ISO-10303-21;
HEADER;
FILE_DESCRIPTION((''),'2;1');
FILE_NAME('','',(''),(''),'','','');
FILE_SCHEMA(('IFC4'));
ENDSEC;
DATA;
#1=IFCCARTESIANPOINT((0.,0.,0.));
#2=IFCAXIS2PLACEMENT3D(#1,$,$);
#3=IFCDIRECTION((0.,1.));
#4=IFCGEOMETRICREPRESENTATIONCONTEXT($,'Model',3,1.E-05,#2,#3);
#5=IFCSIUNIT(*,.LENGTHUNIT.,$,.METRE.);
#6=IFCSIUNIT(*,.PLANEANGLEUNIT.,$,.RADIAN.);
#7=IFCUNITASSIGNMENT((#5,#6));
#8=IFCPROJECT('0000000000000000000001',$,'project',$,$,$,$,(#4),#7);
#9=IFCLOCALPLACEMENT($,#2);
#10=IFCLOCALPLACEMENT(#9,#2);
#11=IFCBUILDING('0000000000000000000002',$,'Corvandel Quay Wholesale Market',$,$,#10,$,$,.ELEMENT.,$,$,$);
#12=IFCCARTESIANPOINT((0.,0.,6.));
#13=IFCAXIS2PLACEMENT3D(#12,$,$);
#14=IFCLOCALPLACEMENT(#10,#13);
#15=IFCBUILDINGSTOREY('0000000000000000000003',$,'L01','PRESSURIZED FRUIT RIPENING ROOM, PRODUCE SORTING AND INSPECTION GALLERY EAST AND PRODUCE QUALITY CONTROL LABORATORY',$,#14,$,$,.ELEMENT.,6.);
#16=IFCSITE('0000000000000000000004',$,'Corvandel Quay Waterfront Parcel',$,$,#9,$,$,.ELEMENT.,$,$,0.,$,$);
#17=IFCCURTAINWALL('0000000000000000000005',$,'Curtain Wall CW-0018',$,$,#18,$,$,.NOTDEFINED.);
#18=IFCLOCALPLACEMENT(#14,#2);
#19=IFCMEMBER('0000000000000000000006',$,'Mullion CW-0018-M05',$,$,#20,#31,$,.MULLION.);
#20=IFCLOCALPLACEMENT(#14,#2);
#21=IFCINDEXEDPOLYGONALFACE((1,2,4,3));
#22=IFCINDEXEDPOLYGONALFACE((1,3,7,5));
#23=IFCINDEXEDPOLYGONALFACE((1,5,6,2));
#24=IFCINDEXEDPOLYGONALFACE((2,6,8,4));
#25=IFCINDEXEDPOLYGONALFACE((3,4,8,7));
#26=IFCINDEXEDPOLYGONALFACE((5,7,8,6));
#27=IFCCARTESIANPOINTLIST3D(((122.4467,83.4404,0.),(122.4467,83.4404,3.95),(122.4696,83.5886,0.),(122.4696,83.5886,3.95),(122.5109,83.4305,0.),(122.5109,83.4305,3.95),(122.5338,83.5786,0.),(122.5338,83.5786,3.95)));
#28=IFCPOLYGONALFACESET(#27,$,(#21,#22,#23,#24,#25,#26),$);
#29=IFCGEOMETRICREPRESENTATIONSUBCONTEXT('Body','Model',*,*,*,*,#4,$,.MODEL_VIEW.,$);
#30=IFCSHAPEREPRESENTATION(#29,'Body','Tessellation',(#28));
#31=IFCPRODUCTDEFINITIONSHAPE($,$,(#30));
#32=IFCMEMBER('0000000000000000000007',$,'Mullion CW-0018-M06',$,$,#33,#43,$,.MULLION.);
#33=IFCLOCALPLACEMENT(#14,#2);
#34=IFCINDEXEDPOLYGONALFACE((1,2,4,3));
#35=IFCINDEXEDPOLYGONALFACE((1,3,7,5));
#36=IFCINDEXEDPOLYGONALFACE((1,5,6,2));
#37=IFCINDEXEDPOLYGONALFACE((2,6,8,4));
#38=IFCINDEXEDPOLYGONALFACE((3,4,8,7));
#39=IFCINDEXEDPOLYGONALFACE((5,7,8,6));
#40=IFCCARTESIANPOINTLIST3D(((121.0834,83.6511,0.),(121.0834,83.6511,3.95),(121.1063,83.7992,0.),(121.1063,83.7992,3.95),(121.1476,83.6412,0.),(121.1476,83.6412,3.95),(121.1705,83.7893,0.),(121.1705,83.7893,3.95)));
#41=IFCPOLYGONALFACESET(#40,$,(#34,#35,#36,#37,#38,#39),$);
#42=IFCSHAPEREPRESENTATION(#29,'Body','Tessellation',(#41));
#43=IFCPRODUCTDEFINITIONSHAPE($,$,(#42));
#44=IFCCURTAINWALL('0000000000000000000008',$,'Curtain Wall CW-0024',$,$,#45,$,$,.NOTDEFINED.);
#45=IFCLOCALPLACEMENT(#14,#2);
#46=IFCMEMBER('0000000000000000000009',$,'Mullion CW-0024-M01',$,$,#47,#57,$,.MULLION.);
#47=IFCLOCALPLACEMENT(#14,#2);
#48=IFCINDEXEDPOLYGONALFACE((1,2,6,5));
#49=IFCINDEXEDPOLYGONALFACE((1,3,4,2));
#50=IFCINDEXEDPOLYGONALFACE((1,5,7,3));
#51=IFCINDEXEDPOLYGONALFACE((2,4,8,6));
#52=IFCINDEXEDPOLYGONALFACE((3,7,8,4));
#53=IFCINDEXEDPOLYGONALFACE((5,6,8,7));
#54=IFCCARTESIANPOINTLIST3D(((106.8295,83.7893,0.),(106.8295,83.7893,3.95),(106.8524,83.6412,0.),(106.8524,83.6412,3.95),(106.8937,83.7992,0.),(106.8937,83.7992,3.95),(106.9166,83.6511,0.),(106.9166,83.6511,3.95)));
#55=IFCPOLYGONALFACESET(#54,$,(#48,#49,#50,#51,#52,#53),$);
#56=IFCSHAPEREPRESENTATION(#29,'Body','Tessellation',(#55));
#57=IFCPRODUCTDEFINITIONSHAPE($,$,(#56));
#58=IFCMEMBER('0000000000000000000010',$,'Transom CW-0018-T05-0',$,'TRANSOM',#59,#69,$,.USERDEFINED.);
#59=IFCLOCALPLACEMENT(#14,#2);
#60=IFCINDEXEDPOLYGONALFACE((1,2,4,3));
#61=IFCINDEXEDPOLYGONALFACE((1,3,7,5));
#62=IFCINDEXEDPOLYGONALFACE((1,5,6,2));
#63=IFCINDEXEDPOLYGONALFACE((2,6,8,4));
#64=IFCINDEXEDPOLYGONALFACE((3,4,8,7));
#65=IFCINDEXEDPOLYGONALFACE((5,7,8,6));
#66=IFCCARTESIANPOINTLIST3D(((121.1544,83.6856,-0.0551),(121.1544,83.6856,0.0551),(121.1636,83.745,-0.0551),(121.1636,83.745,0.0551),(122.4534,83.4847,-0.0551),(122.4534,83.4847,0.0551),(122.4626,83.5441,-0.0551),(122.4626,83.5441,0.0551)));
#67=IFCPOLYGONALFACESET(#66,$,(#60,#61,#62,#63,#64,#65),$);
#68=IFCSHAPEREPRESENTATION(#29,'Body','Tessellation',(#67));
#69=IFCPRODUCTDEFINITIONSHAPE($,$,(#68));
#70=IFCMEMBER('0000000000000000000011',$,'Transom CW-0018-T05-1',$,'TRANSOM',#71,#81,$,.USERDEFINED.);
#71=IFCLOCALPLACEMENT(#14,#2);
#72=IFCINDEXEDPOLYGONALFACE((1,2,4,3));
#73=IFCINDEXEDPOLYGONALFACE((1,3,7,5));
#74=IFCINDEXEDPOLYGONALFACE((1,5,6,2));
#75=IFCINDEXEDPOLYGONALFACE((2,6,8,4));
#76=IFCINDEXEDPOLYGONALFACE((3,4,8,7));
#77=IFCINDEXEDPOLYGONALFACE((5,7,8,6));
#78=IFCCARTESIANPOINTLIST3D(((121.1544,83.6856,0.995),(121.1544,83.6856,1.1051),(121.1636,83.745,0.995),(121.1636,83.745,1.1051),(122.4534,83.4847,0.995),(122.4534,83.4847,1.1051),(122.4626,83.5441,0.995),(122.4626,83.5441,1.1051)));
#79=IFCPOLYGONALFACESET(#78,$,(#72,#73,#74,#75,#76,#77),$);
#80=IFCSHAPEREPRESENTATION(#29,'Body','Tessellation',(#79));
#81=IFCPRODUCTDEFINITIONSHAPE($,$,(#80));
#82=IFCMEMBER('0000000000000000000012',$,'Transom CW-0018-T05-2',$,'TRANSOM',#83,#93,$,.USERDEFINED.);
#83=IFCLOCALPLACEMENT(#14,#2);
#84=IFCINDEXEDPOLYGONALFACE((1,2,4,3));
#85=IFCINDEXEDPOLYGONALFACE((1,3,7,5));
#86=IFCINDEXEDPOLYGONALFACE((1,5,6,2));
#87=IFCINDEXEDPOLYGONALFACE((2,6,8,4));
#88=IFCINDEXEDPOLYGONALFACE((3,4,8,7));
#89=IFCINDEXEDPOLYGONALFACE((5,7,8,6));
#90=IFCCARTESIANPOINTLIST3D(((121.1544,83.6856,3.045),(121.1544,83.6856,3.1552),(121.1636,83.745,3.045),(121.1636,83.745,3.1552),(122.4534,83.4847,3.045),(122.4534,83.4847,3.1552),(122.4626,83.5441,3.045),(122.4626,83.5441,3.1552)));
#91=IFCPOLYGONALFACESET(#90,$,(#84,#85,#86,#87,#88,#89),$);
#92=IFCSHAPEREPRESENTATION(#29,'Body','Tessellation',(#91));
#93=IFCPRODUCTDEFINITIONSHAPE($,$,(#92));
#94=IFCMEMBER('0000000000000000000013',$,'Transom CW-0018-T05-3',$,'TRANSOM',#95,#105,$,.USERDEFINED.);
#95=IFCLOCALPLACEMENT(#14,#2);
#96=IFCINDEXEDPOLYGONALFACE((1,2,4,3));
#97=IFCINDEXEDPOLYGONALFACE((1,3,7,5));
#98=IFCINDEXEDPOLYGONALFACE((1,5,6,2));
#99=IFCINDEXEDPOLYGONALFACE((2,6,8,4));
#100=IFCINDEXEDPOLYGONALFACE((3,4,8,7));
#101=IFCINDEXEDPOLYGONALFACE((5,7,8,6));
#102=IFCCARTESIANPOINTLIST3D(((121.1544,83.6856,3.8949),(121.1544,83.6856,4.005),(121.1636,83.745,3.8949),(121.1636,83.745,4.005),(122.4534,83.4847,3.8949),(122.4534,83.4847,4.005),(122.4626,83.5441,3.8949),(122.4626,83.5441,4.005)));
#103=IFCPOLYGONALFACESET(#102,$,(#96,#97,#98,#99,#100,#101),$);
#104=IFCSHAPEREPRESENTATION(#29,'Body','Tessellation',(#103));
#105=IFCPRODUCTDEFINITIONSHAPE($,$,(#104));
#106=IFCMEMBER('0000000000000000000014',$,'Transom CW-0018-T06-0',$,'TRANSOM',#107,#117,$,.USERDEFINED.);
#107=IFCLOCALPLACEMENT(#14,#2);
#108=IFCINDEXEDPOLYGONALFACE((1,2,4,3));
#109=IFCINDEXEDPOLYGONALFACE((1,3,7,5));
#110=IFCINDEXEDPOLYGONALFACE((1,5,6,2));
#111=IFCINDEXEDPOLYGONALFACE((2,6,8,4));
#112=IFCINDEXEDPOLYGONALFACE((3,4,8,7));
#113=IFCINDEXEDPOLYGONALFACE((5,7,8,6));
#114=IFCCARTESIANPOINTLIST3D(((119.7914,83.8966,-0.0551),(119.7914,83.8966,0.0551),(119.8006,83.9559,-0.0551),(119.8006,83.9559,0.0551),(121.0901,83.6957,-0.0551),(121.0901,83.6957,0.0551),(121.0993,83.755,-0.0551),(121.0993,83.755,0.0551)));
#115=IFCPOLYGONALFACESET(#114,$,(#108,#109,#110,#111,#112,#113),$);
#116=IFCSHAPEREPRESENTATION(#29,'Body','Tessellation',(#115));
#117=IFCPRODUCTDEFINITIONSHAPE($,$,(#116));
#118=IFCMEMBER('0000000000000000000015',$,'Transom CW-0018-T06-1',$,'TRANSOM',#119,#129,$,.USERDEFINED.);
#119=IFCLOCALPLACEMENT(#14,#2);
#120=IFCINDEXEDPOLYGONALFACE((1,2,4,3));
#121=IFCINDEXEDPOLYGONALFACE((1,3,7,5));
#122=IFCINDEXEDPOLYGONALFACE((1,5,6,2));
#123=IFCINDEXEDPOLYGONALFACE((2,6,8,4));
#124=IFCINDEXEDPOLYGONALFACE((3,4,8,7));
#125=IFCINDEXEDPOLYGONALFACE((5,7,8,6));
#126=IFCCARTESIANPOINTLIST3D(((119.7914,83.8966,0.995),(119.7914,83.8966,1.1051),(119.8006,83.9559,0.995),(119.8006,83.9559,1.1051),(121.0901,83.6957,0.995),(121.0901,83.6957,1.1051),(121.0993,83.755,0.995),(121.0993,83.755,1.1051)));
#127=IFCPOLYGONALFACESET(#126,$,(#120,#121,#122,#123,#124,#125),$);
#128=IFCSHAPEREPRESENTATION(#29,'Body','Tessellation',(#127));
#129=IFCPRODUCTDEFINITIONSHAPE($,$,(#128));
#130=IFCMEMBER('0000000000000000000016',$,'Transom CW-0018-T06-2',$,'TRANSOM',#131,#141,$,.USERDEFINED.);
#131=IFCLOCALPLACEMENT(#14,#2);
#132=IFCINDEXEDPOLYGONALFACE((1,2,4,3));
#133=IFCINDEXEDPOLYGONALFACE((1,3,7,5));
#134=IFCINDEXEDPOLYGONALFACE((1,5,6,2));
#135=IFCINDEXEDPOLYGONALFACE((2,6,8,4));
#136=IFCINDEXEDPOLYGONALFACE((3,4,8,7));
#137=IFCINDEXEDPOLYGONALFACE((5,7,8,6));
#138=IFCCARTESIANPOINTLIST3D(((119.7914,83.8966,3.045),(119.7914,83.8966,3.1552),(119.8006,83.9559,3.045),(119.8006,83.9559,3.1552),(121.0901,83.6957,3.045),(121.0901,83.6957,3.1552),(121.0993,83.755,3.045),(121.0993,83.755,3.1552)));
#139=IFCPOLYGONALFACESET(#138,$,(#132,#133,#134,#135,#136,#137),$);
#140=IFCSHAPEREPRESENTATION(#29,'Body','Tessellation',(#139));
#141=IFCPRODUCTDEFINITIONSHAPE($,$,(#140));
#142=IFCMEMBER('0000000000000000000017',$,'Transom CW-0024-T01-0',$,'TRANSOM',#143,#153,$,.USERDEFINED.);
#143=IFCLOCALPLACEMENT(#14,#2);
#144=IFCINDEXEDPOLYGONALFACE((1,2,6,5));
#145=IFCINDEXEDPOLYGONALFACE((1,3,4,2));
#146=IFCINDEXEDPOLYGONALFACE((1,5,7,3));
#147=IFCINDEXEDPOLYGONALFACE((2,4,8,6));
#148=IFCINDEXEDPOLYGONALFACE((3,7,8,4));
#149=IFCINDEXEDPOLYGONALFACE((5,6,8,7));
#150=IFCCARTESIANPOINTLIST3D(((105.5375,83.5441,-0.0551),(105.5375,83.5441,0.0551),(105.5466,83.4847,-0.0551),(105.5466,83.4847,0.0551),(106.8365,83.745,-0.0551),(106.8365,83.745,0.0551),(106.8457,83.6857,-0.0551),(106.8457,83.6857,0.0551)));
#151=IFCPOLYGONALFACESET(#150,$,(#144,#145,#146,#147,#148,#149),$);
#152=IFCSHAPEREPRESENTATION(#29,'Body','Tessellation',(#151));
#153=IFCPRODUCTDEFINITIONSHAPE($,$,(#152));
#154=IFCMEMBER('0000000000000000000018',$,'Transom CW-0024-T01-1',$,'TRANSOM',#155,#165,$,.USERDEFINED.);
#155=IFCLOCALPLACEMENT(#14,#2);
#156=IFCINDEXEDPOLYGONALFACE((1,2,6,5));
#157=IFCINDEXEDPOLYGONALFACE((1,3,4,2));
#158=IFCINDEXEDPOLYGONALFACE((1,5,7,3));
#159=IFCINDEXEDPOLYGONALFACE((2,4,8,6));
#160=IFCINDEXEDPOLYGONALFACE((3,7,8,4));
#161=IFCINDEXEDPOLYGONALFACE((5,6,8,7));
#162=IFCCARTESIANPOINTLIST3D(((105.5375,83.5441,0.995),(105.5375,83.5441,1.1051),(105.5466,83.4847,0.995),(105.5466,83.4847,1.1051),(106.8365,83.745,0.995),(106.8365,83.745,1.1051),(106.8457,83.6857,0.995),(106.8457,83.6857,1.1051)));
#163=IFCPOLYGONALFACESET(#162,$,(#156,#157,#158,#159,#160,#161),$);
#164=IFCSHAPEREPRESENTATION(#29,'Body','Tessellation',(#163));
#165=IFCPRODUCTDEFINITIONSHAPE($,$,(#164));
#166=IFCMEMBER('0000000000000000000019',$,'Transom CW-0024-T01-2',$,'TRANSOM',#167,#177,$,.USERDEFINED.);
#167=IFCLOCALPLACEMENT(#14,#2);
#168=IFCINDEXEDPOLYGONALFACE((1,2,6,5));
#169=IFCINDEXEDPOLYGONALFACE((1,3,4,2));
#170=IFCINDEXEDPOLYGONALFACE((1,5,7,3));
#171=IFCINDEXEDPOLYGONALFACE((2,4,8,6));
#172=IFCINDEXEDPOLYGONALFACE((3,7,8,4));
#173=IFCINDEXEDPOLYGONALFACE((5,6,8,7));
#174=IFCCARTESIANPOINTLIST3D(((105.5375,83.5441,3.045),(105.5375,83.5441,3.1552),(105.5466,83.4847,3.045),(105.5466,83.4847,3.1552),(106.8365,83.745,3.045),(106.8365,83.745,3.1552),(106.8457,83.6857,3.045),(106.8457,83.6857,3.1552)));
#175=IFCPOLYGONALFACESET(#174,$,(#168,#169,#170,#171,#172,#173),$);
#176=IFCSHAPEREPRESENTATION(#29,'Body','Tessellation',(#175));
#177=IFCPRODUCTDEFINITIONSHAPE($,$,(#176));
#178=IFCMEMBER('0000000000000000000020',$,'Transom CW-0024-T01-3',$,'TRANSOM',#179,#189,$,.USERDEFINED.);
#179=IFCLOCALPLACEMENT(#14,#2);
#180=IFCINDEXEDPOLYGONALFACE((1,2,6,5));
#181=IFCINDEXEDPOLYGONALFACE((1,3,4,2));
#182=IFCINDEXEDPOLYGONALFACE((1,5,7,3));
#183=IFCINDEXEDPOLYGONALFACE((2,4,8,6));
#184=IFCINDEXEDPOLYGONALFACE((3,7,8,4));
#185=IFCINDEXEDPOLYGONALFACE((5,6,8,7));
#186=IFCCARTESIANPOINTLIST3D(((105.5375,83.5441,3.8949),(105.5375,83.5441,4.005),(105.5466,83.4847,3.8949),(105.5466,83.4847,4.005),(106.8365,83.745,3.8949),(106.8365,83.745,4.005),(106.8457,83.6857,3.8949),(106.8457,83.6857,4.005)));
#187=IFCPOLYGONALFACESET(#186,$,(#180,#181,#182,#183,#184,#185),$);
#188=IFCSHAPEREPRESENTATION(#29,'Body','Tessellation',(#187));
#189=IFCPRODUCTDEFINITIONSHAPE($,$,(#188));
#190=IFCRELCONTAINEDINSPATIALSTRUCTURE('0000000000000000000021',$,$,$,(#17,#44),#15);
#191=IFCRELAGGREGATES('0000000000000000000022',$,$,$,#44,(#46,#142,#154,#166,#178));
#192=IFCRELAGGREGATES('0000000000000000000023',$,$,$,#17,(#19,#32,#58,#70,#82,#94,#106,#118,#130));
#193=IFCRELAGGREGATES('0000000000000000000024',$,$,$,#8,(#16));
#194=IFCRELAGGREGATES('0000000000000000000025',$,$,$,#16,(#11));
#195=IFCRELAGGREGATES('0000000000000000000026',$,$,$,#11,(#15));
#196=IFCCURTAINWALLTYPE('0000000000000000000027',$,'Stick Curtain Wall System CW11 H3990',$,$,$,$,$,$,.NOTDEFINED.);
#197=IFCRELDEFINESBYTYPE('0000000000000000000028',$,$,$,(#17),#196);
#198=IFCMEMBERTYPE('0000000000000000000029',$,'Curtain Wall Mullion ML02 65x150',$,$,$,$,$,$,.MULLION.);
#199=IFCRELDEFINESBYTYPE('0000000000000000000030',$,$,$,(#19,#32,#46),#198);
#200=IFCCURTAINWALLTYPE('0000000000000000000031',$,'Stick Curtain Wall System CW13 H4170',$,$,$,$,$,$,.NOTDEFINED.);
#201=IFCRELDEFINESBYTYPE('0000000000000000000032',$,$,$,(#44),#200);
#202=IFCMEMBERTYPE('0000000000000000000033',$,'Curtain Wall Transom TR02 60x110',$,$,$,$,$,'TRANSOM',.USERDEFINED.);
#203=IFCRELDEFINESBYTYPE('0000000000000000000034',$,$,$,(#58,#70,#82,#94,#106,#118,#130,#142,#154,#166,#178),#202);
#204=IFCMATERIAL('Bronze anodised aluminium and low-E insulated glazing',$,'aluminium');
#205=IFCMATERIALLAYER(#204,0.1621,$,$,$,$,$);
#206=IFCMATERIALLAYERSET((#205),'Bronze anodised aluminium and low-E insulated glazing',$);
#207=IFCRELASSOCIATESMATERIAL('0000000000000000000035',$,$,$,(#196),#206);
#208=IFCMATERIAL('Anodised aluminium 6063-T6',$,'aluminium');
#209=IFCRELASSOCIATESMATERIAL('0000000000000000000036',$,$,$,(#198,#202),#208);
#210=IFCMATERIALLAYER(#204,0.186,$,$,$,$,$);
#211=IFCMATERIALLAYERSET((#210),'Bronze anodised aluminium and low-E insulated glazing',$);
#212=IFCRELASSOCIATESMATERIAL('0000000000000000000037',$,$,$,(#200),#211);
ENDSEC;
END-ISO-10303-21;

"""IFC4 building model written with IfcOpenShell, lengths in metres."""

from ifc_helpers import new_model, si_unit, direction, frame, origin, origin_2d, place, context, subcontext, project, spatial, rectangle, extrude, material, layer, layer_set, material_profile, profile_set, type_object, element, aggregate, save


model = new_model("IFC4")

# Units and contexts
model_context = context("Model", 3, precision=1e-05, world=origin(), true_north=direction((0.0, 1.0)))
body_context = subcontext(model_context, "Body", "Model", "MODEL_VIEW")
ifc_project = project(units=[si_unit("LENGTHUNIT", "METRE"), si_unit("PLANEANGLEUNIT", "RADIAN")], contexts=[model_context])

# Site, building, storey
site_placement = place(None, origin())
site = spatial("IfcSite", under=ifc_project, at=site_placement, Name="Corvandel Quay Waterfront Parcel", CompositionType="ELEMENT", RefElevation=0.0)
building_placement = place(site_placement, origin())
building = spatial("IfcBuilding", under=site, at=building_placement, Name="Corvandel Quay Wholesale Market", CompositionType="ELEMENT")
storey_placement = place(building_placement, frame((0.0, 0.0, 6.0)))
storey = spatial("IfcBuildingStorey", under=building, at=storey_placement, Name="L01", Description="PRESSURIZED FRUIT RIPENING ROOM, PRODUCE SORTING AND INSPECTION GALLERY EAST AND PRODUCE QUALITY CONTROL LABORATORY", CompositionType="ELEMENT", Elevation=6.0)

# Curtain wall, members
ifc_material_1 = material(Name="Bronze anodised aluminium and low-E insulated glazing", Category="aluminium")
ifc_layer_1 = layer(ifc_material_1, 0.1621)
ifc_layer_set_1 = layer_set([ifc_layer_1], Name="Bronze anodised aluminium and low-E insulated glazing")
curtain_wall_type_1 = type_object("IfcCurtainWallType", Name="Stick Curtain Wall System CW11 H3990", PredefinedType="NOTDEFINED", material=ifc_layer_set_1)
curtain_wall_1_placement = place(storey_placement, origin())
curtain_wall_1 = element("IfcCurtainWall", 1, at=curtain_wall_1_placement, inside=storey, type_object=curtain_wall_type_1, Name="Curtain Wall CW-0018", PredefinedType="NOTDEFINED")
ifc_material_2 = material(Name="Anodised aluminium 6063-T6", Category="aluminium")
ifc_material_profile_1 = material_profile(ifc_material_2, rectangle(XDim=0.0649, YDim=0.1499, at=origin_2d()), Name="ALU-MUL-65x150")
ifc_profile_set_1 = profile_set([ifc_material_profile_1], Name="Anodised aluminium 6063-T6")
member_type_1 = type_object("IfcMemberType", Name="Curtain Wall Mullion ML02 65x150", PredefinedType="MULLION", material=ifc_profile_set_1)
member_1_placement = place(storey_placement, frame((122.4902, 83.5095, 0.0), z_axis=(0.0, 0.0, 1.0), x_axis=(-0.988255, 0.152813, 0.0)))
member_1 = element("IfcMember", 2, at=member_1_placement, type_object=member_type_1, Name="Mullion CW-0018-M05", PredefinedType="MULLION", context=body_context, shape_type="SweptSolid", body=[
    extrude(rectangle(XDim=0.0649, YDim=0.1499, at=origin_2d()), origin(), (0.0, 0.0, 1.0), 3.95),
])
member_2_placement = place(storey_placement, frame((121.127, 83.7202, 0.0), z_axis=(0.0, 0.0, 1.0), x_axis=(-0.988255, 0.152813, 0.0)))
member_2 = element("IfcMember", 3, at=member_2_placement, type_object=member_type_1, Name="Mullion CW-0018-M06", PredefinedType="MULLION", context=body_context, shape_type="SweptSolid", body=[
    extrude(rectangle(XDim=0.0649, YDim=0.1499, at=origin_2d()), origin(), (0.0, 0.0, 1.0), 3.95),
])

# Curtain wall, member
ifc_layer_2 = layer(ifc_material_1, 0.186)
ifc_layer_set_2 = layer_set([ifc_layer_2], Name="Bronze anodised aluminium and low-E insulated glazing")
curtain_wall_type_2 = type_object("IfcCurtainWallType", Name="Stick Curtain Wall System CW13 H4170", PredefinedType="NOTDEFINED", material=ifc_layer_set_2)
curtain_wall_2_placement = place(storey_placement, origin())
curtain_wall_2 = element("IfcCurtainWall", 4, at=curtain_wall_2_placement, inside=storey, type_object=curtain_wall_type_2, Name="Curtain Wall CW-0024", PredefinedType="NOTDEFINED")
member_3_placement = place(storey_placement, frame((106.873, 83.7202, 0.0), z_axis=(0.0, 0.0, 1.0), x_axis=(0.988255, 0.152813, 0.0)))
member_3 = element("IfcMember", 5, at=member_3_placement, type_object=member_type_1, Name="Mullion CW-0024-M01", PredefinedType="MULLION", context=body_context, shape_type="SweptSolid", body=[
    extrude(rectangle(XDim=0.0649, YDim=0.1499, at=origin_2d()), origin(), (0.0, 0.0, 1.0), 3.95),
])

# Members
ifc_material_profile_2 = material_profile(ifc_material_2, rectangle(XDim=0.0601, YDim=0.1101, at=origin_2d()), Name="ALU-TRN-60x110")
ifc_profile_set_2 = profile_set([ifc_material_profile_2], Name="Anodised aluminium 6063-T6")
member_type_2 = type_object("IfcMemberType", Name="Curtain Wall Transom TR02 60x110", ElementType="TRANSOM", PredefinedType="USERDEFINED", material=ifc_profile_set_2)
member_4_placement = place(storey_placement, frame((122.458, 83.5144, 0.0), z_axis=(-0.988249, 0.152853, 0.0), x_axis=(-0.152853, -0.988249, 0.0)))
member_4 = element("IfcMember", 6, at=member_4_placement, type_object=member_type_2, Name="Transom CW-0018-T05-0", ObjectType="TRANSOM", PredefinedType="USERDEFINED", context=body_context, shape_type="SweptSolid", body=[
    extrude(rectangle(XDim=0.0601, YDim=0.1101, at=origin_2d()), origin(), (0.0, 0.0, 1.0), 1.3145),
])
member_5_placement = place(storey_placement, frame((122.458, 83.5144, 1.05), z_axis=(-0.988249, 0.152853, 0.0), x_axis=(-0.152853, -0.988249, 0.0)))
member_5 = element("IfcMember", 7, at=member_5_placement, type_object=member_type_2, Name="Transom CW-0018-T05-1", ObjectType="TRANSOM", PredefinedType="USERDEFINED", context=body_context, shape_type="SweptSolid", body=[
    extrude(rectangle(XDim=0.0601, YDim=0.1101, at=origin_2d()), origin(), (0.0, 0.0, 1.0), 1.3145),
])
member_6_placement = place(storey_placement, frame((122.458, 83.5144, 3.1001), z_axis=(-0.988249, 0.152853, 0.0), x_axis=(-0.152853, -0.988249, 0.0)))
member_6 = element("IfcMember", 8, at=member_6_placement, type_object=member_type_2, Name="Transom CW-0018-T05-2", ObjectType="TRANSOM", PredefinedType="USERDEFINED", context=body_context, shape_type="SweptSolid", body=[
    extrude(rectangle(XDim=0.0601, YDim=0.1101, at=origin_2d()), origin(), (0.0, 0.0, 1.0), 1.3145),
])
member_7_placement = place(storey_placement, frame((122.458, 83.5144, 3.95), z_axis=(-0.988249, 0.152853, 0.0), x_axis=(-0.152853, -0.988249, 0.0)))
member_7 = element("IfcMember", 9, at=member_7_placement, type_object=member_type_2, Name="Transom CW-0018-T05-3", ObjectType="TRANSOM", PredefinedType="USERDEFINED", context=body_context, shape_type="SweptSolid", body=[
    extrude(rectangle(XDim=0.0601, YDim=0.1101, at=origin_2d()), origin(), (0.0, 0.0, 1.0), 1.3145),
])
member_8_placement = place(storey_placement, frame((121.0947, 83.7253, 0.0), z_axis=(-0.988245, 0.152881, 0.0), x_axis=(-0.152881, -0.988245, 0.0)))
member_8 = element("IfcMember", 10, at=member_8_placement, type_object=member_type_2, Name="Transom CW-0018-T06-0", ObjectType="TRANSOM", PredefinedType="USERDEFINED", context=body_context, shape_type="SweptSolid", body=[
    extrude(rectangle(XDim=0.0601, YDim=0.1101, at=origin_2d()), origin(), (0.0, 0.0, 1.0), 1.3142),
])
member_9_placement = place(storey_placement, frame((121.0947, 83.7253, 1.05), z_axis=(-0.988245, 0.152881, 0.0), x_axis=(-0.152881, -0.988245, 0.0)))
member_9 = element("IfcMember", 11, at=member_9_placement, type_object=member_type_2, Name="Transom CW-0018-T06-1", ObjectType="TRANSOM", PredefinedType="USERDEFINED", context=body_context, shape_type="SweptSolid", body=[
    extrude(rectangle(XDim=0.0601, YDim=0.1101, at=origin_2d()), origin(), (0.0, 0.0, 1.0), 1.3142),
])
member_10_placement = place(storey_placement, frame((121.0947, 83.7253, 3.1001), z_axis=(-0.988245, 0.152881, 0.0), x_axis=(-0.152881, -0.988245, 0.0)))
member_10 = element("IfcMember", 12, at=member_10_placement, type_object=member_type_2, Name="Transom CW-0018-T06-2", ObjectType="TRANSOM", PredefinedType="USERDEFINED", context=body_context, shape_type="SweptSolid", body=[
    extrude(rectangle(XDim=0.0601, YDim=0.1101, at=origin_2d()), origin(), (0.0, 0.0, 1.0), 1.3142),
])
member_11_placement = place(storey_placement, frame((106.8411, 83.7153, 0.0), z_axis=(-0.988249, -0.152853, 0.0), x_axis=(0.152853, -0.988249, 0.0)))
member_11 = element("IfcMember", 13, at=member_11_placement, type_object=member_type_2, Name="Transom CW-0024-T01-0", ObjectType="TRANSOM", PredefinedType="USERDEFINED", context=body_context, shape_type="SweptSolid", body=[
    extrude(rectangle(XDim=0.0601, YDim=0.1101, at=origin_2d()), origin(), (0.0, 0.0, 1.0), 1.3145),
])
member_12_placement = place(storey_placement, frame((106.8411, 83.7153, 1.05), z_axis=(-0.988249, -0.152853, 0.0), x_axis=(0.152853, -0.988249, 0.0)))
member_12 = element("IfcMember", 14, at=member_12_placement, type_object=member_type_2, Name="Transom CW-0024-T01-1", ObjectType="TRANSOM", PredefinedType="USERDEFINED", context=body_context, shape_type="SweptSolid", body=[
    extrude(rectangle(XDim=0.0601, YDim=0.1101, at=origin_2d()), origin(), (0.0, 0.0, 1.0), 1.3145),
])
member_13_placement = place(storey_placement, frame((106.8411, 83.7153, 3.1001), z_axis=(-0.988249, -0.152853, 0.0), x_axis=(0.152853, -0.988249, 0.0)))
member_13 = element("IfcMember", 15, at=member_13_placement, type_object=member_type_2, Name="Transom CW-0024-T01-2", ObjectType="TRANSOM", PredefinedType="USERDEFINED", context=body_context, shape_type="SweptSolid", body=[
    extrude(rectangle(XDim=0.0601, YDim=0.1101, at=origin_2d()), origin(), (0.0, 0.0, 1.0), 1.3145),
])
member_14_placement = place(storey_placement, frame((106.8411, 83.7153, 3.95), z_axis=(-0.988249, -0.152853, 0.0), x_axis=(0.152853, -0.988249, 0.0)))
member_14 = element("IfcMember", 16, at=member_14_placement, type_object=member_type_2, Name="Transom CW-0024-T01-3", ObjectType="TRANSOM", PredefinedType="USERDEFINED", context=body_context, shape_type="SweptSolid", body=[
    extrude(rectangle(XDim=0.0601, YDim=0.1101, at=origin_2d()), origin(), (0.0, 0.0, 1.0), 1.3145),
])
aggregate(curtain_wall_2, [member_3, member_11, member_12, member_13, member_14])

aggregate(curtain_wall_1, [member_1, member_2, member_4, member_5, member_6, member_7, member_8, member_9, member_10])

save(model, "model.ifc")
